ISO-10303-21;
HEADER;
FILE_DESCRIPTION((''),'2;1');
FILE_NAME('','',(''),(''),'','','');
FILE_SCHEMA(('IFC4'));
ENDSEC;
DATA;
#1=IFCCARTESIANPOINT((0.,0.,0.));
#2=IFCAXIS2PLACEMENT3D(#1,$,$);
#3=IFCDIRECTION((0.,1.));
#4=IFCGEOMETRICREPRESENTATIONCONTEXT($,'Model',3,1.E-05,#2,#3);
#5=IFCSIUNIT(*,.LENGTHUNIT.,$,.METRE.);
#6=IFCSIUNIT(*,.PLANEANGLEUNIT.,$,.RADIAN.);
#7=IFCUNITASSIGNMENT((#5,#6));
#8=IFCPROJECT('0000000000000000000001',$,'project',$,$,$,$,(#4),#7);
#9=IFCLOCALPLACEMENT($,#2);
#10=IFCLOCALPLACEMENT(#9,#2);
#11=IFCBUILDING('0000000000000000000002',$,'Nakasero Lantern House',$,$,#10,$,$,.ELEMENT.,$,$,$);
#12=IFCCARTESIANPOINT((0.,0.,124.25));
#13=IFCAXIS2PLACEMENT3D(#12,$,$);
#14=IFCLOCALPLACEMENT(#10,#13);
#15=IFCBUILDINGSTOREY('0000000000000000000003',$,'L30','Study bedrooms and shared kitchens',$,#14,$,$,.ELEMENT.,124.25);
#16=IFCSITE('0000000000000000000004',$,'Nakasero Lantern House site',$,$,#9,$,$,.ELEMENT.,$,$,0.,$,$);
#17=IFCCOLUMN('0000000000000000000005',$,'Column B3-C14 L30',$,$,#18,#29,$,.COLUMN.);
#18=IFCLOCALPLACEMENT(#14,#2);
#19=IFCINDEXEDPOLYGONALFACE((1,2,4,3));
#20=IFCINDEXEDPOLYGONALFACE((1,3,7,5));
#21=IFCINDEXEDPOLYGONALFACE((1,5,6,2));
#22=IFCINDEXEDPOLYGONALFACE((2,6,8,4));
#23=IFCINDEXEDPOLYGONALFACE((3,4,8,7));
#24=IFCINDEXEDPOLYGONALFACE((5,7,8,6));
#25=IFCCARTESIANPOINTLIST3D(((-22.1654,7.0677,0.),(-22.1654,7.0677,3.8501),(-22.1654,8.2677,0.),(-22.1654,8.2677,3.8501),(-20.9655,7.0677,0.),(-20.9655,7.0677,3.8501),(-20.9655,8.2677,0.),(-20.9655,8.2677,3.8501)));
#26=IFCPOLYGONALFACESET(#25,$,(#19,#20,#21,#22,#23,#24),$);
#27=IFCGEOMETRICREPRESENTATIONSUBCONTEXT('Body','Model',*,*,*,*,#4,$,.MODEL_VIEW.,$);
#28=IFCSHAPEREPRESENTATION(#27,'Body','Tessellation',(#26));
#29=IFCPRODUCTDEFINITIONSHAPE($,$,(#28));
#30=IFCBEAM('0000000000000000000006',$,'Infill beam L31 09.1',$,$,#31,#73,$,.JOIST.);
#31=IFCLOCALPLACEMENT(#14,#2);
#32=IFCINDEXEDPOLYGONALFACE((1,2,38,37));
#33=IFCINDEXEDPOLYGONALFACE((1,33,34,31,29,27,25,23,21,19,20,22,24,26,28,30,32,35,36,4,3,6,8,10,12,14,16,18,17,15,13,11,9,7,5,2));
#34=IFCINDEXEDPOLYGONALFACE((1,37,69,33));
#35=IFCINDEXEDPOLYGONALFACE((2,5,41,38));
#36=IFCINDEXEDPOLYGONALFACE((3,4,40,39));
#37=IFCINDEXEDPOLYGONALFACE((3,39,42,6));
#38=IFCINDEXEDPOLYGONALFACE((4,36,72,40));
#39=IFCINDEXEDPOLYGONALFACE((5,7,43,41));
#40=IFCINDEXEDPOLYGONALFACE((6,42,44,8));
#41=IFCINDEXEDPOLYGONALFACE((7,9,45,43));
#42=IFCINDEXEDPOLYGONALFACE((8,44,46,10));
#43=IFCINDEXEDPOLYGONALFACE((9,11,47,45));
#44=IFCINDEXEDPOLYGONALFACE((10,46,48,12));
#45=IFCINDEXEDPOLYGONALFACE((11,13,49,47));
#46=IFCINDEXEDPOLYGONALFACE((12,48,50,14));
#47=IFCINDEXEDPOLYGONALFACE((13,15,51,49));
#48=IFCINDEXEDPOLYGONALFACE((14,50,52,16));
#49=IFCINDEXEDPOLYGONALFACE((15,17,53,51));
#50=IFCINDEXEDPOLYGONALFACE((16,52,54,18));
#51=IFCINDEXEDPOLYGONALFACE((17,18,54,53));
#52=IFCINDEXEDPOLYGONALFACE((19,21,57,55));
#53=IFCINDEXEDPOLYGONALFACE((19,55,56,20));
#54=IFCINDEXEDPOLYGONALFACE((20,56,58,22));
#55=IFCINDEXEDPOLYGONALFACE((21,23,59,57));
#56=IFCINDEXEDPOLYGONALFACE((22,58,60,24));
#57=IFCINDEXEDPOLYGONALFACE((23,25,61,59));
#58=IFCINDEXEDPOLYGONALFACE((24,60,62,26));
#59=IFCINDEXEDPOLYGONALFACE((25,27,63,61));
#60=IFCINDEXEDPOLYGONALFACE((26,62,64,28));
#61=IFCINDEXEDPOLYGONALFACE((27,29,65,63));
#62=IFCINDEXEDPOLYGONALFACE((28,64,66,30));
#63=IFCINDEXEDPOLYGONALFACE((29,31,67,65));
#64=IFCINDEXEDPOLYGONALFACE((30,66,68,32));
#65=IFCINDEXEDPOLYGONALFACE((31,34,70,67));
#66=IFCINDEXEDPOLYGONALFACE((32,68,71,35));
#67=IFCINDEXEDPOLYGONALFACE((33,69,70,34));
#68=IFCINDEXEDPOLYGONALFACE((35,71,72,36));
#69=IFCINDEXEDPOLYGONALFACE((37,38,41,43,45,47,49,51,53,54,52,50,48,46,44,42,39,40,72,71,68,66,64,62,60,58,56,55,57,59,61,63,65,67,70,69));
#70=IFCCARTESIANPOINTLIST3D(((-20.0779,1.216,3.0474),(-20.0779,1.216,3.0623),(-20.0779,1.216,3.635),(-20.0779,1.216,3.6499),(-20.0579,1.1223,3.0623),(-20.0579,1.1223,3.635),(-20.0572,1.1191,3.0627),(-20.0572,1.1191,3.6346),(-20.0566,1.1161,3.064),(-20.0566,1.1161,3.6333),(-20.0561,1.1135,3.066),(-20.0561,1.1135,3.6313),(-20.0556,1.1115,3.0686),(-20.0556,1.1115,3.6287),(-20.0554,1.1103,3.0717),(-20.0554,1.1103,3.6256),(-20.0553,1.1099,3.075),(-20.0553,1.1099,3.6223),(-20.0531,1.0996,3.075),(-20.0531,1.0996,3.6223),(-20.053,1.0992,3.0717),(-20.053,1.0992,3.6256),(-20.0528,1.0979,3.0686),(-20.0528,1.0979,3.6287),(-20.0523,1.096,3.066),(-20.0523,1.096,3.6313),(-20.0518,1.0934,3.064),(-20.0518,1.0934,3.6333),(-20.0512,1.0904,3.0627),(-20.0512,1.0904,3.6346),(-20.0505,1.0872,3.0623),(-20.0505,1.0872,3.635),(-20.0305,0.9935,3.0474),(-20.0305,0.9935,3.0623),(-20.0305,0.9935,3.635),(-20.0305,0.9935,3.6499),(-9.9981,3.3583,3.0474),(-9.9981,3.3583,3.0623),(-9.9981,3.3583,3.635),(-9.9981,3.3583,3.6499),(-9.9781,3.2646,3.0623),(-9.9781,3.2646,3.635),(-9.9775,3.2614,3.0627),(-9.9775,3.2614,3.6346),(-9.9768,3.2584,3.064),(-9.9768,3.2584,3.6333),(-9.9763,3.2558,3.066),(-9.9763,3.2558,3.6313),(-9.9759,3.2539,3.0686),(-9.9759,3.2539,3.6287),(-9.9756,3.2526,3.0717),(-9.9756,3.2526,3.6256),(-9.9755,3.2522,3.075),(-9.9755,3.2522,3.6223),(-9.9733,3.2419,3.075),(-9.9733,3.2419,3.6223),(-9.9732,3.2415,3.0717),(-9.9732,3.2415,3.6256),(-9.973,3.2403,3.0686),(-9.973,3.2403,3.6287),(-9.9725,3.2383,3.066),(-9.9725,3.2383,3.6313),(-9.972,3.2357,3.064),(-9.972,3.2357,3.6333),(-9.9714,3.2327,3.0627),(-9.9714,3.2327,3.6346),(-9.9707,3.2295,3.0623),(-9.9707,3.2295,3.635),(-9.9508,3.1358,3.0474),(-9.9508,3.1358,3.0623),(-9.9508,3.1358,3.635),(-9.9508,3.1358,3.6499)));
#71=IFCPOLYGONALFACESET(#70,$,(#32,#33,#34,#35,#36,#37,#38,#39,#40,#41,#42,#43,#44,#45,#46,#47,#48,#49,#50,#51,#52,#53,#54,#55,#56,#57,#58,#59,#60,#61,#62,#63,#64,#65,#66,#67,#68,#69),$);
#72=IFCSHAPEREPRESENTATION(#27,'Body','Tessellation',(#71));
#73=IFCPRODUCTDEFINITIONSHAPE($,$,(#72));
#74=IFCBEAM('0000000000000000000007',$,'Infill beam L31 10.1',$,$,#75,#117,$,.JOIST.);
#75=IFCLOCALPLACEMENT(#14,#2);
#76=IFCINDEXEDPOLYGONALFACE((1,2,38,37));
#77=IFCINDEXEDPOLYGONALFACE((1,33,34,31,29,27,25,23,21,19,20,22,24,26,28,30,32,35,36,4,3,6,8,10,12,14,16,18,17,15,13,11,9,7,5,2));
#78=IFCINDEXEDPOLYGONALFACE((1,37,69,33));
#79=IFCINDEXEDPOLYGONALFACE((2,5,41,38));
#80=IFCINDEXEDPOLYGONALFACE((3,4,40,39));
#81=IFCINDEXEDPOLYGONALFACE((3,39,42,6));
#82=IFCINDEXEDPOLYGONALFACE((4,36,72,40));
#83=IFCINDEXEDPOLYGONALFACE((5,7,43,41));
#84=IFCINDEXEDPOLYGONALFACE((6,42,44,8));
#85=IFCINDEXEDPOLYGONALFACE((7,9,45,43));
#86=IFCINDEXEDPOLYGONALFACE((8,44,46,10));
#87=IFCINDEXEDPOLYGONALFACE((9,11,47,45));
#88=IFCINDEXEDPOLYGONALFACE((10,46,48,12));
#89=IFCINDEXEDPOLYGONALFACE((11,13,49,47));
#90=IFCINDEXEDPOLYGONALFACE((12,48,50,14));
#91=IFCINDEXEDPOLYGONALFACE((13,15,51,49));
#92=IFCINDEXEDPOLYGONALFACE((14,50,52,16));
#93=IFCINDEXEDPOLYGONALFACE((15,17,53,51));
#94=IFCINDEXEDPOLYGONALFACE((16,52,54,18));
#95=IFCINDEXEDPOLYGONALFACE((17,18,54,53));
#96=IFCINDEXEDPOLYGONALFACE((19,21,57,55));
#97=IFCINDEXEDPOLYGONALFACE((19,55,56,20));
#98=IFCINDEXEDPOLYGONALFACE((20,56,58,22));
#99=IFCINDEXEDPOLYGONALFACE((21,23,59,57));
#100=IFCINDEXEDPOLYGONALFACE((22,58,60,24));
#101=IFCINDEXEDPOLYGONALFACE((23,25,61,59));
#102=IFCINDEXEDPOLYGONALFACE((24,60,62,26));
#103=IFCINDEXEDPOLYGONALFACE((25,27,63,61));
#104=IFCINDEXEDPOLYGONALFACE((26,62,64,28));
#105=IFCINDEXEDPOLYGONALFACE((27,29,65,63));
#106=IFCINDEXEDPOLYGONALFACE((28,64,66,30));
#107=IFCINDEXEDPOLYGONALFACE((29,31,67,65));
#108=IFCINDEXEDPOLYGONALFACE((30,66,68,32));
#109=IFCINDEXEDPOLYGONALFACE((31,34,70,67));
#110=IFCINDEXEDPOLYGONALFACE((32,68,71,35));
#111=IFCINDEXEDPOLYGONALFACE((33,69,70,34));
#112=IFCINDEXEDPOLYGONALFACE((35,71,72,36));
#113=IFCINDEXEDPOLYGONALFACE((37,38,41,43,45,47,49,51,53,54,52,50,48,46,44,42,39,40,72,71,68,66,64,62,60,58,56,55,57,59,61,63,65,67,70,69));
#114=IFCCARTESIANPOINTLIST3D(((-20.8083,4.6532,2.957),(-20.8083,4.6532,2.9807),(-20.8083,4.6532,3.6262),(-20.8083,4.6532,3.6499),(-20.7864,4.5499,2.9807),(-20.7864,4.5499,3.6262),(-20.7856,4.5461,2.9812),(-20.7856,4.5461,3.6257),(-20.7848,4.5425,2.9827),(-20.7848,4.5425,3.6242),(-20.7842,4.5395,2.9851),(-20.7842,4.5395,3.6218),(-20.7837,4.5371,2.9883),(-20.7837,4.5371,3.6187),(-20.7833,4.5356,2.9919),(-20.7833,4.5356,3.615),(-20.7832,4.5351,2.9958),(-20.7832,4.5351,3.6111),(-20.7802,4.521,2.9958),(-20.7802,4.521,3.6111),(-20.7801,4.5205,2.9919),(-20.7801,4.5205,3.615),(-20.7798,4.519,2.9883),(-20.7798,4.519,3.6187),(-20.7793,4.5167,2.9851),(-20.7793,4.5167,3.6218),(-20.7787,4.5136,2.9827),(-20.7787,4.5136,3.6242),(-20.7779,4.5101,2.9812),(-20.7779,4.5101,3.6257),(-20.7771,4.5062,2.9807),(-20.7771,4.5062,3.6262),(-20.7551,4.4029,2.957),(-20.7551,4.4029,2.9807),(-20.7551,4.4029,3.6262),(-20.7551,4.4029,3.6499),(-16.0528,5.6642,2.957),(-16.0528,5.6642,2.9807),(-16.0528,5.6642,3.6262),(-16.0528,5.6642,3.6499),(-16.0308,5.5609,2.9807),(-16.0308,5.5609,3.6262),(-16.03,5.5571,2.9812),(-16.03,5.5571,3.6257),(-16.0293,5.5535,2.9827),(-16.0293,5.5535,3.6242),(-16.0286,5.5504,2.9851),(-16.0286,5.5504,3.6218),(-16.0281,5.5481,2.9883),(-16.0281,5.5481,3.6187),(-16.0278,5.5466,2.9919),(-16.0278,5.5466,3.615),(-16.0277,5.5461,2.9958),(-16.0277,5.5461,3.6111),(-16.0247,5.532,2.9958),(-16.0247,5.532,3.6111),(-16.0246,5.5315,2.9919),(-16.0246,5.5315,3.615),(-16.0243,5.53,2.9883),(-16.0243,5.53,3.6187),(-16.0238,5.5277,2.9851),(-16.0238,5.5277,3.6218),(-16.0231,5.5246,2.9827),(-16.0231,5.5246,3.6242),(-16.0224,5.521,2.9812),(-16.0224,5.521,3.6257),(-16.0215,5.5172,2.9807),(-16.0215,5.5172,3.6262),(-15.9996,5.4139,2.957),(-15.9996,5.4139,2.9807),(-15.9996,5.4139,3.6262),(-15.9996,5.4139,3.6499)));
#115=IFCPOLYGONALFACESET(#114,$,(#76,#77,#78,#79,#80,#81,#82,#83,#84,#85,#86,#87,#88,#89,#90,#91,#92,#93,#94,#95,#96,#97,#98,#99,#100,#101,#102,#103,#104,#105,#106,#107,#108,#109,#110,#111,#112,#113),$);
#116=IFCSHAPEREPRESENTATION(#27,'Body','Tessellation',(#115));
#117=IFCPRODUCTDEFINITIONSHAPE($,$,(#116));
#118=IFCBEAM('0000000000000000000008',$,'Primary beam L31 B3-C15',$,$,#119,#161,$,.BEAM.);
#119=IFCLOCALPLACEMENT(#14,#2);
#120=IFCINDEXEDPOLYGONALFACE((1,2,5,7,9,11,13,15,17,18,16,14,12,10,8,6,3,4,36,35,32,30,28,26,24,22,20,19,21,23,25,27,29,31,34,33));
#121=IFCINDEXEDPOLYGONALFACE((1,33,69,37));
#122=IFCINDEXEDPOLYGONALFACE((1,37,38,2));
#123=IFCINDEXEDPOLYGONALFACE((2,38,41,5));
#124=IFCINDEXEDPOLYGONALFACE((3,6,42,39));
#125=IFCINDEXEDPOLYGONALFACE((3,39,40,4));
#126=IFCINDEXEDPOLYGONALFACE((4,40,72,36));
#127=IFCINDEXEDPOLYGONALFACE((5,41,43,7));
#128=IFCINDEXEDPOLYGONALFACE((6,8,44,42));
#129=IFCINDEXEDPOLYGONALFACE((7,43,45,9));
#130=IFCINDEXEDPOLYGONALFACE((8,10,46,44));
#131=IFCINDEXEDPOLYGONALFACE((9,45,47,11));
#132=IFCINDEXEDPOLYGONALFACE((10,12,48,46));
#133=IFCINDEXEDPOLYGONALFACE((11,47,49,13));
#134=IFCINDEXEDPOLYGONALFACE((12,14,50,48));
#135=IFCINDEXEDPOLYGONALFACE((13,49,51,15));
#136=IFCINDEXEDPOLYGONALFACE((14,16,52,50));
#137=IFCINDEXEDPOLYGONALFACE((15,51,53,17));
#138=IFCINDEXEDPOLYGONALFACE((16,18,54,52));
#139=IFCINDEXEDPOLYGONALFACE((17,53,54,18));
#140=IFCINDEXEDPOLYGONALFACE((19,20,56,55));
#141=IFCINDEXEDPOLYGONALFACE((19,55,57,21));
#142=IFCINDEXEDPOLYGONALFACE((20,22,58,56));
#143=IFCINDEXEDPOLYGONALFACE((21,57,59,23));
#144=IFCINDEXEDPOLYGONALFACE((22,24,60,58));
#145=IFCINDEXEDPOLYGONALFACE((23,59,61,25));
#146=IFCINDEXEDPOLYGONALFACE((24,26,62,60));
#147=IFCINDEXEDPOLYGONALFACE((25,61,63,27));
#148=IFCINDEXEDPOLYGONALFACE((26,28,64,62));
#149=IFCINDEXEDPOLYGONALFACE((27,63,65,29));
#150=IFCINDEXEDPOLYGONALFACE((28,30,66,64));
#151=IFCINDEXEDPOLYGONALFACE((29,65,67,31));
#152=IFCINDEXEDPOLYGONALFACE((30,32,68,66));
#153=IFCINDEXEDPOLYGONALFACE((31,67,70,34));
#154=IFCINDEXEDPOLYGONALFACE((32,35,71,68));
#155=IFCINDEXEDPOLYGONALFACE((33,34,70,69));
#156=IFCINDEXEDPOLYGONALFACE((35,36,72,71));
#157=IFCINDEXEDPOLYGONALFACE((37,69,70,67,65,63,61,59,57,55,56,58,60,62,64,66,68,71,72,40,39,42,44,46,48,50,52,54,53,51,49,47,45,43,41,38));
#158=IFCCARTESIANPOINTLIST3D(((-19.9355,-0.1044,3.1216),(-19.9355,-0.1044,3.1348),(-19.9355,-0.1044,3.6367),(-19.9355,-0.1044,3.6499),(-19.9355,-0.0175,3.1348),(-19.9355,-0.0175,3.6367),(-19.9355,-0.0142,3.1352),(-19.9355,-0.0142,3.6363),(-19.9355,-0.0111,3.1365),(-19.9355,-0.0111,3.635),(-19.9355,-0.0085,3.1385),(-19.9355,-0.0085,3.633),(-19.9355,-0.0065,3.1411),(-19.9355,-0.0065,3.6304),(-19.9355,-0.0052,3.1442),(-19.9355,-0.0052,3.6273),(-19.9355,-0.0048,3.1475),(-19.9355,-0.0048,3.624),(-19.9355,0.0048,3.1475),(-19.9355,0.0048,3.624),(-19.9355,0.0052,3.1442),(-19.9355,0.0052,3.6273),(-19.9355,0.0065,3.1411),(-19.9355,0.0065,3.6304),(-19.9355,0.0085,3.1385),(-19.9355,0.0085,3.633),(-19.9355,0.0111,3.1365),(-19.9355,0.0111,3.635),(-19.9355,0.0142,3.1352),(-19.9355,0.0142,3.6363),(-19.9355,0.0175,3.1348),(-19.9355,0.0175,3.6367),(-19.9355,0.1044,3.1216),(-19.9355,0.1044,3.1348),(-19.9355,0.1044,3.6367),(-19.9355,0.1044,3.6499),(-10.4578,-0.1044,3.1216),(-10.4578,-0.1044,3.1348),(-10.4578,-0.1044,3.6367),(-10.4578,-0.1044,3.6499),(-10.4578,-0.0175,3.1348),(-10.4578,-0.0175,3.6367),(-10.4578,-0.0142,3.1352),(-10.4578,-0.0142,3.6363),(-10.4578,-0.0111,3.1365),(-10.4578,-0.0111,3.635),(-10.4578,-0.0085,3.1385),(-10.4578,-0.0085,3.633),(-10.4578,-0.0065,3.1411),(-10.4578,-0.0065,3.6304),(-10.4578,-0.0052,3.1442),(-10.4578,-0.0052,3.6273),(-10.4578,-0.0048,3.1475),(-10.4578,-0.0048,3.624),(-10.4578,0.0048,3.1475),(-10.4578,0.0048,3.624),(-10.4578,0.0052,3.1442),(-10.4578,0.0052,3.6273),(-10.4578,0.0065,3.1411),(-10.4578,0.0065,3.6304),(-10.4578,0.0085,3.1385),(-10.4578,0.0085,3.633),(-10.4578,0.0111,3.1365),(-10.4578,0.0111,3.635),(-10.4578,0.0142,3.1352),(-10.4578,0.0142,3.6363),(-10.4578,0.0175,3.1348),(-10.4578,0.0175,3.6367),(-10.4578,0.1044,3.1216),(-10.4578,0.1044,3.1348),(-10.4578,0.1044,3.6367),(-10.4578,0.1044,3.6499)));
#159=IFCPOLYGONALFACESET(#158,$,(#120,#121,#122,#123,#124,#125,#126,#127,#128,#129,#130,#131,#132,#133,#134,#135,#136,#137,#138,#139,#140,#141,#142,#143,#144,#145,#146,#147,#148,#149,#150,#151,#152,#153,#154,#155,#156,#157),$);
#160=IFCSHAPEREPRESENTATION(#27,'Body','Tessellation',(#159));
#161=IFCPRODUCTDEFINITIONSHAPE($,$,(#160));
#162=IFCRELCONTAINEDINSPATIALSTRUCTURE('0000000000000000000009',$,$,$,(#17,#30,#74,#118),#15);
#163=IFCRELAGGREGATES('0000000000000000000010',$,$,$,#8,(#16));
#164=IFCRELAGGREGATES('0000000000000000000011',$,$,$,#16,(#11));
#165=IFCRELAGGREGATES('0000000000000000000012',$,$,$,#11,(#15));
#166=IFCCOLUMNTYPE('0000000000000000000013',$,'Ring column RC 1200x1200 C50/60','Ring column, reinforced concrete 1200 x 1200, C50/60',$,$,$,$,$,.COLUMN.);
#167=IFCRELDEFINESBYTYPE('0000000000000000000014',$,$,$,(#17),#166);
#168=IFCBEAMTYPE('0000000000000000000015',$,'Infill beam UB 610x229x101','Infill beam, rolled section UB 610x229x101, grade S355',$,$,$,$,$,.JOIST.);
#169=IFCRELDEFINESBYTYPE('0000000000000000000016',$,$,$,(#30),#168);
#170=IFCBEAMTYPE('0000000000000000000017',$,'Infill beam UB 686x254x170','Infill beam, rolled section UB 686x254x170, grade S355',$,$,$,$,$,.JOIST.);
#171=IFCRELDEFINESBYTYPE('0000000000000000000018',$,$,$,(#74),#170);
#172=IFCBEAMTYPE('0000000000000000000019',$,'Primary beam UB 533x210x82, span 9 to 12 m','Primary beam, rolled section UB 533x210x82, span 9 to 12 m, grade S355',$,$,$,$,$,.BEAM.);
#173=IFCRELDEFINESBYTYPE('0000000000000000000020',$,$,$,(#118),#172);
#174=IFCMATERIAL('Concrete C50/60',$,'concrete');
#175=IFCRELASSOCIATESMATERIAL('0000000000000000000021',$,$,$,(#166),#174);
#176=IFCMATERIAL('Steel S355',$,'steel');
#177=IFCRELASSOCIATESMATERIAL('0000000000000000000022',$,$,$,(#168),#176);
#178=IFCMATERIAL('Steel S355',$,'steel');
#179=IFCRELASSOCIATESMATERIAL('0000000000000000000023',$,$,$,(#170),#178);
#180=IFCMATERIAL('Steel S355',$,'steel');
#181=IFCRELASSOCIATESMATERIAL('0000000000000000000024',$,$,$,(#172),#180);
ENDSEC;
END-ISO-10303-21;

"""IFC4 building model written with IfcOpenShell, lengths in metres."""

from ifc_helpers import new_model, si_unit, direction, frame, origin, origin_2d, place, context, subcontext, project, spatial, rectangle, i_section, extrude, material, material_profile, profile_set, type_object, element, save


model = new_model("IFC4")

# Units and contexts
model_context = context("Model", 3, precision=1e-05, world=origin(), true_north=direction((0.0, 1.0)))
body_context = subcontext(model_context, "Body", "Model", "MODEL_VIEW")
ifc_project = project(units=[si_unit("LENGTHUNIT", "METRE"), si_unit("PLANEANGLEUNIT", "RADIAN")], contexts=[model_context])

# Site, building, storey
site_placement = place(None, origin())
site = spatial("IfcSite", under=ifc_project, at=site_placement, Name="Nakasero Lantern House site", CompositionType="ELEMENT", RefElevation=0.0)
building_placement = place(site_placement, origin())
building = spatial("IfcBuilding", under=site, at=building_placement, Name="Nakasero Lantern House", CompositionType="ELEMENT")
storey_placement = place(building_placement, frame((0.0, 0.0, 124.25)))
storey = spatial("IfcBuildingStorey", under=building, at=storey_placement, Name="L30", Description="Study bedrooms and shared kitchens", CompositionType="ELEMENT", Elevation=124.25)

# Column
ifc_material_1 = material(Name="Concrete C50/60", Category="concrete")
ifc_material_profile_1 = material_profile(ifc_material_1, rectangle(XDim=1.2, YDim=1.2, at=origin_2d()), Name="RC 1200x1200")
ifc_profile_set_1 = profile_set([ifc_material_profile_1], Name="Concrete C50/60")
column_type = type_object("IfcColumnType", Name="Ring column RC 1200x1200 C50/60", Description="Ring column, reinforced concrete 1200 x 1200, C50/60", PredefinedType="COLUMN", material=ifc_profile_set_1)
column_placement = place(storey_placement, frame((-21.5654, 7.6677, 0.0), z_axis=(0.0, 0.0, 1.0), x_axis=(1.0, 0.0, 0.0)))
element("IfcColumn", 1, at=column_placement, inside=storey, type_object=column_type, Name="Column B3-C14 L30", PredefinedType="COLUMN", context=body_context, shape_type="SweptSolid", body=[
    extrude(rectangle(XDim=1.2, YDim=1.2, at=origin_2d()), origin(), (0.0, 0.0, 1.0), 3.8501),
])

# Beams
ifc_material_2 = material(Name="Steel S355", Category="steel")
ifc_material_profile_2 = material_profile(ifc_material_2, i_section(OverallWidth=0.2275, OverallDepth=0.6025, WebThickness=0.0105, FlangeThickness=0.0149, FilletRadius=0.0127, at=origin_2d()), Name="UB 610x229x101")
ifc_profile_set_2 = profile_set([ifc_material_profile_2], Name="Steel S355")
beam_type_1 = type_object("IfcBeamType", Name="Infill beam UB 610x229x101", Description="Infill beam, rolled section UB 610x229x101, grade S355", PredefinedType="JOIST", material=ifc_profile_set_2)
beam_1_placement = place(storey_placement, frame((-20.0542, 1.1047, 3.3486), z_axis=(0.978152, 0.207893, 0.0), x_axis=(-0.207893, 0.978152, 0.0)))
element("IfcBeam", 2, at=beam_1_placement, inside=storey, type_object=beam_type_1, Name="Infill beam L31 09.1", PredefinedType="JOIST", context=body_context, shape_type="SweptSolid", body=[
    extrude(i_section(OverallWidth=0.2275, OverallDepth=0.6025, WebThickness=0.0105, FlangeThickness=0.0149, FilletRadius=0.0127, at=origin_2d()), origin(), (0.0, 0.0, 1.0), 10.3049),
])
ifc_material_3 = material(Name="Steel S355", Category="steel")
ifc_material_profile_3 = material_profile(ifc_material_3, i_section(OverallWidth=0.2559, OverallDepth=0.6929, WebThickness=0.0144, FlangeThickness=0.0237, FilletRadius=0.0151, at=origin_2d()), Name="UB 686x254x170")
ifc_profile_set_3 = profile_set([ifc_material_profile_3], Name="Steel S355")
beam_type_2 = type_object("IfcBeamType", Name="Infill beam UB 686x254x170", Description="Infill beam, rolled section UB 686x254x170, grade S355", PredefinedType="JOIST", material=ifc_profile_set_3)
beam_2_placement = place(storey_placement, frame((-20.7817, 4.5281, 3.3035), z_axis=(0.978141, 0.207941, 0.0), x_axis=(-0.207941, 0.978141, 0.0)))
element("IfcBeam", 3, at=beam_2_placement, inside=storey, type_object=beam_type_2, Name="Infill beam L31 10.1", PredefinedType="JOIST", context=body_context, shape_type="SweptSolid", body=[
    extrude(i_section(OverallWidth=0.2559, OverallDepth=0.6929, WebThickness=0.0144, FlangeThickness=0.0237, FilletRadius=0.0151, at=origin_2d()), origin(), (0.0, 0.0, 1.0), 4.8618),
])
ifc_material_4 = material(Name="Steel S355", Category="steel")
ifc_material_profile_4 = material_profile(ifc_material_4, i_section(OverallWidth=0.2087, OverallDepth=0.5283, WebThickness=0.0095, FlangeThickness=0.0132, FilletRadius=0.0127, at=origin_2d()), Name="UB 533x210x82")
ifc_profile_set_4 = profile_set([ifc_material_profile_4], Name="Steel S355")
beam_type_3 = type_object("IfcBeamType", Name="Primary beam UB 533x210x82, span 9 to 12 m", Description="Primary beam, rolled section UB 533x210x82, span 9 to 12 m, grade S355", PredefinedType="BEAM", material=ifc_profile_set_4)
beam_3_placement = place(storey_placement, frame((-19.9355, 0.0, 3.3857), z_axis=(1.0, 0.0, 0.0), x_axis=(0.0, 1.0, 0.0)))
element("IfcBeam", 4, at=beam_3_placement, inside=storey, type_object=beam_type_3, Name="Primary beam L31 B3-C15", PredefinedType="BEAM", context=body_context, shape_type="SweptSolid", body=[
    extrude(i_section(OverallWidth=0.2087, OverallDepth=0.5283, WebThickness=0.0095, FlangeThickness=0.0132, FilletRadius=0.0127, at=origin_2d()), origin(), (0.0, 0.0, 1.0), 9.4778),
])

save(model, "model.ifc")
